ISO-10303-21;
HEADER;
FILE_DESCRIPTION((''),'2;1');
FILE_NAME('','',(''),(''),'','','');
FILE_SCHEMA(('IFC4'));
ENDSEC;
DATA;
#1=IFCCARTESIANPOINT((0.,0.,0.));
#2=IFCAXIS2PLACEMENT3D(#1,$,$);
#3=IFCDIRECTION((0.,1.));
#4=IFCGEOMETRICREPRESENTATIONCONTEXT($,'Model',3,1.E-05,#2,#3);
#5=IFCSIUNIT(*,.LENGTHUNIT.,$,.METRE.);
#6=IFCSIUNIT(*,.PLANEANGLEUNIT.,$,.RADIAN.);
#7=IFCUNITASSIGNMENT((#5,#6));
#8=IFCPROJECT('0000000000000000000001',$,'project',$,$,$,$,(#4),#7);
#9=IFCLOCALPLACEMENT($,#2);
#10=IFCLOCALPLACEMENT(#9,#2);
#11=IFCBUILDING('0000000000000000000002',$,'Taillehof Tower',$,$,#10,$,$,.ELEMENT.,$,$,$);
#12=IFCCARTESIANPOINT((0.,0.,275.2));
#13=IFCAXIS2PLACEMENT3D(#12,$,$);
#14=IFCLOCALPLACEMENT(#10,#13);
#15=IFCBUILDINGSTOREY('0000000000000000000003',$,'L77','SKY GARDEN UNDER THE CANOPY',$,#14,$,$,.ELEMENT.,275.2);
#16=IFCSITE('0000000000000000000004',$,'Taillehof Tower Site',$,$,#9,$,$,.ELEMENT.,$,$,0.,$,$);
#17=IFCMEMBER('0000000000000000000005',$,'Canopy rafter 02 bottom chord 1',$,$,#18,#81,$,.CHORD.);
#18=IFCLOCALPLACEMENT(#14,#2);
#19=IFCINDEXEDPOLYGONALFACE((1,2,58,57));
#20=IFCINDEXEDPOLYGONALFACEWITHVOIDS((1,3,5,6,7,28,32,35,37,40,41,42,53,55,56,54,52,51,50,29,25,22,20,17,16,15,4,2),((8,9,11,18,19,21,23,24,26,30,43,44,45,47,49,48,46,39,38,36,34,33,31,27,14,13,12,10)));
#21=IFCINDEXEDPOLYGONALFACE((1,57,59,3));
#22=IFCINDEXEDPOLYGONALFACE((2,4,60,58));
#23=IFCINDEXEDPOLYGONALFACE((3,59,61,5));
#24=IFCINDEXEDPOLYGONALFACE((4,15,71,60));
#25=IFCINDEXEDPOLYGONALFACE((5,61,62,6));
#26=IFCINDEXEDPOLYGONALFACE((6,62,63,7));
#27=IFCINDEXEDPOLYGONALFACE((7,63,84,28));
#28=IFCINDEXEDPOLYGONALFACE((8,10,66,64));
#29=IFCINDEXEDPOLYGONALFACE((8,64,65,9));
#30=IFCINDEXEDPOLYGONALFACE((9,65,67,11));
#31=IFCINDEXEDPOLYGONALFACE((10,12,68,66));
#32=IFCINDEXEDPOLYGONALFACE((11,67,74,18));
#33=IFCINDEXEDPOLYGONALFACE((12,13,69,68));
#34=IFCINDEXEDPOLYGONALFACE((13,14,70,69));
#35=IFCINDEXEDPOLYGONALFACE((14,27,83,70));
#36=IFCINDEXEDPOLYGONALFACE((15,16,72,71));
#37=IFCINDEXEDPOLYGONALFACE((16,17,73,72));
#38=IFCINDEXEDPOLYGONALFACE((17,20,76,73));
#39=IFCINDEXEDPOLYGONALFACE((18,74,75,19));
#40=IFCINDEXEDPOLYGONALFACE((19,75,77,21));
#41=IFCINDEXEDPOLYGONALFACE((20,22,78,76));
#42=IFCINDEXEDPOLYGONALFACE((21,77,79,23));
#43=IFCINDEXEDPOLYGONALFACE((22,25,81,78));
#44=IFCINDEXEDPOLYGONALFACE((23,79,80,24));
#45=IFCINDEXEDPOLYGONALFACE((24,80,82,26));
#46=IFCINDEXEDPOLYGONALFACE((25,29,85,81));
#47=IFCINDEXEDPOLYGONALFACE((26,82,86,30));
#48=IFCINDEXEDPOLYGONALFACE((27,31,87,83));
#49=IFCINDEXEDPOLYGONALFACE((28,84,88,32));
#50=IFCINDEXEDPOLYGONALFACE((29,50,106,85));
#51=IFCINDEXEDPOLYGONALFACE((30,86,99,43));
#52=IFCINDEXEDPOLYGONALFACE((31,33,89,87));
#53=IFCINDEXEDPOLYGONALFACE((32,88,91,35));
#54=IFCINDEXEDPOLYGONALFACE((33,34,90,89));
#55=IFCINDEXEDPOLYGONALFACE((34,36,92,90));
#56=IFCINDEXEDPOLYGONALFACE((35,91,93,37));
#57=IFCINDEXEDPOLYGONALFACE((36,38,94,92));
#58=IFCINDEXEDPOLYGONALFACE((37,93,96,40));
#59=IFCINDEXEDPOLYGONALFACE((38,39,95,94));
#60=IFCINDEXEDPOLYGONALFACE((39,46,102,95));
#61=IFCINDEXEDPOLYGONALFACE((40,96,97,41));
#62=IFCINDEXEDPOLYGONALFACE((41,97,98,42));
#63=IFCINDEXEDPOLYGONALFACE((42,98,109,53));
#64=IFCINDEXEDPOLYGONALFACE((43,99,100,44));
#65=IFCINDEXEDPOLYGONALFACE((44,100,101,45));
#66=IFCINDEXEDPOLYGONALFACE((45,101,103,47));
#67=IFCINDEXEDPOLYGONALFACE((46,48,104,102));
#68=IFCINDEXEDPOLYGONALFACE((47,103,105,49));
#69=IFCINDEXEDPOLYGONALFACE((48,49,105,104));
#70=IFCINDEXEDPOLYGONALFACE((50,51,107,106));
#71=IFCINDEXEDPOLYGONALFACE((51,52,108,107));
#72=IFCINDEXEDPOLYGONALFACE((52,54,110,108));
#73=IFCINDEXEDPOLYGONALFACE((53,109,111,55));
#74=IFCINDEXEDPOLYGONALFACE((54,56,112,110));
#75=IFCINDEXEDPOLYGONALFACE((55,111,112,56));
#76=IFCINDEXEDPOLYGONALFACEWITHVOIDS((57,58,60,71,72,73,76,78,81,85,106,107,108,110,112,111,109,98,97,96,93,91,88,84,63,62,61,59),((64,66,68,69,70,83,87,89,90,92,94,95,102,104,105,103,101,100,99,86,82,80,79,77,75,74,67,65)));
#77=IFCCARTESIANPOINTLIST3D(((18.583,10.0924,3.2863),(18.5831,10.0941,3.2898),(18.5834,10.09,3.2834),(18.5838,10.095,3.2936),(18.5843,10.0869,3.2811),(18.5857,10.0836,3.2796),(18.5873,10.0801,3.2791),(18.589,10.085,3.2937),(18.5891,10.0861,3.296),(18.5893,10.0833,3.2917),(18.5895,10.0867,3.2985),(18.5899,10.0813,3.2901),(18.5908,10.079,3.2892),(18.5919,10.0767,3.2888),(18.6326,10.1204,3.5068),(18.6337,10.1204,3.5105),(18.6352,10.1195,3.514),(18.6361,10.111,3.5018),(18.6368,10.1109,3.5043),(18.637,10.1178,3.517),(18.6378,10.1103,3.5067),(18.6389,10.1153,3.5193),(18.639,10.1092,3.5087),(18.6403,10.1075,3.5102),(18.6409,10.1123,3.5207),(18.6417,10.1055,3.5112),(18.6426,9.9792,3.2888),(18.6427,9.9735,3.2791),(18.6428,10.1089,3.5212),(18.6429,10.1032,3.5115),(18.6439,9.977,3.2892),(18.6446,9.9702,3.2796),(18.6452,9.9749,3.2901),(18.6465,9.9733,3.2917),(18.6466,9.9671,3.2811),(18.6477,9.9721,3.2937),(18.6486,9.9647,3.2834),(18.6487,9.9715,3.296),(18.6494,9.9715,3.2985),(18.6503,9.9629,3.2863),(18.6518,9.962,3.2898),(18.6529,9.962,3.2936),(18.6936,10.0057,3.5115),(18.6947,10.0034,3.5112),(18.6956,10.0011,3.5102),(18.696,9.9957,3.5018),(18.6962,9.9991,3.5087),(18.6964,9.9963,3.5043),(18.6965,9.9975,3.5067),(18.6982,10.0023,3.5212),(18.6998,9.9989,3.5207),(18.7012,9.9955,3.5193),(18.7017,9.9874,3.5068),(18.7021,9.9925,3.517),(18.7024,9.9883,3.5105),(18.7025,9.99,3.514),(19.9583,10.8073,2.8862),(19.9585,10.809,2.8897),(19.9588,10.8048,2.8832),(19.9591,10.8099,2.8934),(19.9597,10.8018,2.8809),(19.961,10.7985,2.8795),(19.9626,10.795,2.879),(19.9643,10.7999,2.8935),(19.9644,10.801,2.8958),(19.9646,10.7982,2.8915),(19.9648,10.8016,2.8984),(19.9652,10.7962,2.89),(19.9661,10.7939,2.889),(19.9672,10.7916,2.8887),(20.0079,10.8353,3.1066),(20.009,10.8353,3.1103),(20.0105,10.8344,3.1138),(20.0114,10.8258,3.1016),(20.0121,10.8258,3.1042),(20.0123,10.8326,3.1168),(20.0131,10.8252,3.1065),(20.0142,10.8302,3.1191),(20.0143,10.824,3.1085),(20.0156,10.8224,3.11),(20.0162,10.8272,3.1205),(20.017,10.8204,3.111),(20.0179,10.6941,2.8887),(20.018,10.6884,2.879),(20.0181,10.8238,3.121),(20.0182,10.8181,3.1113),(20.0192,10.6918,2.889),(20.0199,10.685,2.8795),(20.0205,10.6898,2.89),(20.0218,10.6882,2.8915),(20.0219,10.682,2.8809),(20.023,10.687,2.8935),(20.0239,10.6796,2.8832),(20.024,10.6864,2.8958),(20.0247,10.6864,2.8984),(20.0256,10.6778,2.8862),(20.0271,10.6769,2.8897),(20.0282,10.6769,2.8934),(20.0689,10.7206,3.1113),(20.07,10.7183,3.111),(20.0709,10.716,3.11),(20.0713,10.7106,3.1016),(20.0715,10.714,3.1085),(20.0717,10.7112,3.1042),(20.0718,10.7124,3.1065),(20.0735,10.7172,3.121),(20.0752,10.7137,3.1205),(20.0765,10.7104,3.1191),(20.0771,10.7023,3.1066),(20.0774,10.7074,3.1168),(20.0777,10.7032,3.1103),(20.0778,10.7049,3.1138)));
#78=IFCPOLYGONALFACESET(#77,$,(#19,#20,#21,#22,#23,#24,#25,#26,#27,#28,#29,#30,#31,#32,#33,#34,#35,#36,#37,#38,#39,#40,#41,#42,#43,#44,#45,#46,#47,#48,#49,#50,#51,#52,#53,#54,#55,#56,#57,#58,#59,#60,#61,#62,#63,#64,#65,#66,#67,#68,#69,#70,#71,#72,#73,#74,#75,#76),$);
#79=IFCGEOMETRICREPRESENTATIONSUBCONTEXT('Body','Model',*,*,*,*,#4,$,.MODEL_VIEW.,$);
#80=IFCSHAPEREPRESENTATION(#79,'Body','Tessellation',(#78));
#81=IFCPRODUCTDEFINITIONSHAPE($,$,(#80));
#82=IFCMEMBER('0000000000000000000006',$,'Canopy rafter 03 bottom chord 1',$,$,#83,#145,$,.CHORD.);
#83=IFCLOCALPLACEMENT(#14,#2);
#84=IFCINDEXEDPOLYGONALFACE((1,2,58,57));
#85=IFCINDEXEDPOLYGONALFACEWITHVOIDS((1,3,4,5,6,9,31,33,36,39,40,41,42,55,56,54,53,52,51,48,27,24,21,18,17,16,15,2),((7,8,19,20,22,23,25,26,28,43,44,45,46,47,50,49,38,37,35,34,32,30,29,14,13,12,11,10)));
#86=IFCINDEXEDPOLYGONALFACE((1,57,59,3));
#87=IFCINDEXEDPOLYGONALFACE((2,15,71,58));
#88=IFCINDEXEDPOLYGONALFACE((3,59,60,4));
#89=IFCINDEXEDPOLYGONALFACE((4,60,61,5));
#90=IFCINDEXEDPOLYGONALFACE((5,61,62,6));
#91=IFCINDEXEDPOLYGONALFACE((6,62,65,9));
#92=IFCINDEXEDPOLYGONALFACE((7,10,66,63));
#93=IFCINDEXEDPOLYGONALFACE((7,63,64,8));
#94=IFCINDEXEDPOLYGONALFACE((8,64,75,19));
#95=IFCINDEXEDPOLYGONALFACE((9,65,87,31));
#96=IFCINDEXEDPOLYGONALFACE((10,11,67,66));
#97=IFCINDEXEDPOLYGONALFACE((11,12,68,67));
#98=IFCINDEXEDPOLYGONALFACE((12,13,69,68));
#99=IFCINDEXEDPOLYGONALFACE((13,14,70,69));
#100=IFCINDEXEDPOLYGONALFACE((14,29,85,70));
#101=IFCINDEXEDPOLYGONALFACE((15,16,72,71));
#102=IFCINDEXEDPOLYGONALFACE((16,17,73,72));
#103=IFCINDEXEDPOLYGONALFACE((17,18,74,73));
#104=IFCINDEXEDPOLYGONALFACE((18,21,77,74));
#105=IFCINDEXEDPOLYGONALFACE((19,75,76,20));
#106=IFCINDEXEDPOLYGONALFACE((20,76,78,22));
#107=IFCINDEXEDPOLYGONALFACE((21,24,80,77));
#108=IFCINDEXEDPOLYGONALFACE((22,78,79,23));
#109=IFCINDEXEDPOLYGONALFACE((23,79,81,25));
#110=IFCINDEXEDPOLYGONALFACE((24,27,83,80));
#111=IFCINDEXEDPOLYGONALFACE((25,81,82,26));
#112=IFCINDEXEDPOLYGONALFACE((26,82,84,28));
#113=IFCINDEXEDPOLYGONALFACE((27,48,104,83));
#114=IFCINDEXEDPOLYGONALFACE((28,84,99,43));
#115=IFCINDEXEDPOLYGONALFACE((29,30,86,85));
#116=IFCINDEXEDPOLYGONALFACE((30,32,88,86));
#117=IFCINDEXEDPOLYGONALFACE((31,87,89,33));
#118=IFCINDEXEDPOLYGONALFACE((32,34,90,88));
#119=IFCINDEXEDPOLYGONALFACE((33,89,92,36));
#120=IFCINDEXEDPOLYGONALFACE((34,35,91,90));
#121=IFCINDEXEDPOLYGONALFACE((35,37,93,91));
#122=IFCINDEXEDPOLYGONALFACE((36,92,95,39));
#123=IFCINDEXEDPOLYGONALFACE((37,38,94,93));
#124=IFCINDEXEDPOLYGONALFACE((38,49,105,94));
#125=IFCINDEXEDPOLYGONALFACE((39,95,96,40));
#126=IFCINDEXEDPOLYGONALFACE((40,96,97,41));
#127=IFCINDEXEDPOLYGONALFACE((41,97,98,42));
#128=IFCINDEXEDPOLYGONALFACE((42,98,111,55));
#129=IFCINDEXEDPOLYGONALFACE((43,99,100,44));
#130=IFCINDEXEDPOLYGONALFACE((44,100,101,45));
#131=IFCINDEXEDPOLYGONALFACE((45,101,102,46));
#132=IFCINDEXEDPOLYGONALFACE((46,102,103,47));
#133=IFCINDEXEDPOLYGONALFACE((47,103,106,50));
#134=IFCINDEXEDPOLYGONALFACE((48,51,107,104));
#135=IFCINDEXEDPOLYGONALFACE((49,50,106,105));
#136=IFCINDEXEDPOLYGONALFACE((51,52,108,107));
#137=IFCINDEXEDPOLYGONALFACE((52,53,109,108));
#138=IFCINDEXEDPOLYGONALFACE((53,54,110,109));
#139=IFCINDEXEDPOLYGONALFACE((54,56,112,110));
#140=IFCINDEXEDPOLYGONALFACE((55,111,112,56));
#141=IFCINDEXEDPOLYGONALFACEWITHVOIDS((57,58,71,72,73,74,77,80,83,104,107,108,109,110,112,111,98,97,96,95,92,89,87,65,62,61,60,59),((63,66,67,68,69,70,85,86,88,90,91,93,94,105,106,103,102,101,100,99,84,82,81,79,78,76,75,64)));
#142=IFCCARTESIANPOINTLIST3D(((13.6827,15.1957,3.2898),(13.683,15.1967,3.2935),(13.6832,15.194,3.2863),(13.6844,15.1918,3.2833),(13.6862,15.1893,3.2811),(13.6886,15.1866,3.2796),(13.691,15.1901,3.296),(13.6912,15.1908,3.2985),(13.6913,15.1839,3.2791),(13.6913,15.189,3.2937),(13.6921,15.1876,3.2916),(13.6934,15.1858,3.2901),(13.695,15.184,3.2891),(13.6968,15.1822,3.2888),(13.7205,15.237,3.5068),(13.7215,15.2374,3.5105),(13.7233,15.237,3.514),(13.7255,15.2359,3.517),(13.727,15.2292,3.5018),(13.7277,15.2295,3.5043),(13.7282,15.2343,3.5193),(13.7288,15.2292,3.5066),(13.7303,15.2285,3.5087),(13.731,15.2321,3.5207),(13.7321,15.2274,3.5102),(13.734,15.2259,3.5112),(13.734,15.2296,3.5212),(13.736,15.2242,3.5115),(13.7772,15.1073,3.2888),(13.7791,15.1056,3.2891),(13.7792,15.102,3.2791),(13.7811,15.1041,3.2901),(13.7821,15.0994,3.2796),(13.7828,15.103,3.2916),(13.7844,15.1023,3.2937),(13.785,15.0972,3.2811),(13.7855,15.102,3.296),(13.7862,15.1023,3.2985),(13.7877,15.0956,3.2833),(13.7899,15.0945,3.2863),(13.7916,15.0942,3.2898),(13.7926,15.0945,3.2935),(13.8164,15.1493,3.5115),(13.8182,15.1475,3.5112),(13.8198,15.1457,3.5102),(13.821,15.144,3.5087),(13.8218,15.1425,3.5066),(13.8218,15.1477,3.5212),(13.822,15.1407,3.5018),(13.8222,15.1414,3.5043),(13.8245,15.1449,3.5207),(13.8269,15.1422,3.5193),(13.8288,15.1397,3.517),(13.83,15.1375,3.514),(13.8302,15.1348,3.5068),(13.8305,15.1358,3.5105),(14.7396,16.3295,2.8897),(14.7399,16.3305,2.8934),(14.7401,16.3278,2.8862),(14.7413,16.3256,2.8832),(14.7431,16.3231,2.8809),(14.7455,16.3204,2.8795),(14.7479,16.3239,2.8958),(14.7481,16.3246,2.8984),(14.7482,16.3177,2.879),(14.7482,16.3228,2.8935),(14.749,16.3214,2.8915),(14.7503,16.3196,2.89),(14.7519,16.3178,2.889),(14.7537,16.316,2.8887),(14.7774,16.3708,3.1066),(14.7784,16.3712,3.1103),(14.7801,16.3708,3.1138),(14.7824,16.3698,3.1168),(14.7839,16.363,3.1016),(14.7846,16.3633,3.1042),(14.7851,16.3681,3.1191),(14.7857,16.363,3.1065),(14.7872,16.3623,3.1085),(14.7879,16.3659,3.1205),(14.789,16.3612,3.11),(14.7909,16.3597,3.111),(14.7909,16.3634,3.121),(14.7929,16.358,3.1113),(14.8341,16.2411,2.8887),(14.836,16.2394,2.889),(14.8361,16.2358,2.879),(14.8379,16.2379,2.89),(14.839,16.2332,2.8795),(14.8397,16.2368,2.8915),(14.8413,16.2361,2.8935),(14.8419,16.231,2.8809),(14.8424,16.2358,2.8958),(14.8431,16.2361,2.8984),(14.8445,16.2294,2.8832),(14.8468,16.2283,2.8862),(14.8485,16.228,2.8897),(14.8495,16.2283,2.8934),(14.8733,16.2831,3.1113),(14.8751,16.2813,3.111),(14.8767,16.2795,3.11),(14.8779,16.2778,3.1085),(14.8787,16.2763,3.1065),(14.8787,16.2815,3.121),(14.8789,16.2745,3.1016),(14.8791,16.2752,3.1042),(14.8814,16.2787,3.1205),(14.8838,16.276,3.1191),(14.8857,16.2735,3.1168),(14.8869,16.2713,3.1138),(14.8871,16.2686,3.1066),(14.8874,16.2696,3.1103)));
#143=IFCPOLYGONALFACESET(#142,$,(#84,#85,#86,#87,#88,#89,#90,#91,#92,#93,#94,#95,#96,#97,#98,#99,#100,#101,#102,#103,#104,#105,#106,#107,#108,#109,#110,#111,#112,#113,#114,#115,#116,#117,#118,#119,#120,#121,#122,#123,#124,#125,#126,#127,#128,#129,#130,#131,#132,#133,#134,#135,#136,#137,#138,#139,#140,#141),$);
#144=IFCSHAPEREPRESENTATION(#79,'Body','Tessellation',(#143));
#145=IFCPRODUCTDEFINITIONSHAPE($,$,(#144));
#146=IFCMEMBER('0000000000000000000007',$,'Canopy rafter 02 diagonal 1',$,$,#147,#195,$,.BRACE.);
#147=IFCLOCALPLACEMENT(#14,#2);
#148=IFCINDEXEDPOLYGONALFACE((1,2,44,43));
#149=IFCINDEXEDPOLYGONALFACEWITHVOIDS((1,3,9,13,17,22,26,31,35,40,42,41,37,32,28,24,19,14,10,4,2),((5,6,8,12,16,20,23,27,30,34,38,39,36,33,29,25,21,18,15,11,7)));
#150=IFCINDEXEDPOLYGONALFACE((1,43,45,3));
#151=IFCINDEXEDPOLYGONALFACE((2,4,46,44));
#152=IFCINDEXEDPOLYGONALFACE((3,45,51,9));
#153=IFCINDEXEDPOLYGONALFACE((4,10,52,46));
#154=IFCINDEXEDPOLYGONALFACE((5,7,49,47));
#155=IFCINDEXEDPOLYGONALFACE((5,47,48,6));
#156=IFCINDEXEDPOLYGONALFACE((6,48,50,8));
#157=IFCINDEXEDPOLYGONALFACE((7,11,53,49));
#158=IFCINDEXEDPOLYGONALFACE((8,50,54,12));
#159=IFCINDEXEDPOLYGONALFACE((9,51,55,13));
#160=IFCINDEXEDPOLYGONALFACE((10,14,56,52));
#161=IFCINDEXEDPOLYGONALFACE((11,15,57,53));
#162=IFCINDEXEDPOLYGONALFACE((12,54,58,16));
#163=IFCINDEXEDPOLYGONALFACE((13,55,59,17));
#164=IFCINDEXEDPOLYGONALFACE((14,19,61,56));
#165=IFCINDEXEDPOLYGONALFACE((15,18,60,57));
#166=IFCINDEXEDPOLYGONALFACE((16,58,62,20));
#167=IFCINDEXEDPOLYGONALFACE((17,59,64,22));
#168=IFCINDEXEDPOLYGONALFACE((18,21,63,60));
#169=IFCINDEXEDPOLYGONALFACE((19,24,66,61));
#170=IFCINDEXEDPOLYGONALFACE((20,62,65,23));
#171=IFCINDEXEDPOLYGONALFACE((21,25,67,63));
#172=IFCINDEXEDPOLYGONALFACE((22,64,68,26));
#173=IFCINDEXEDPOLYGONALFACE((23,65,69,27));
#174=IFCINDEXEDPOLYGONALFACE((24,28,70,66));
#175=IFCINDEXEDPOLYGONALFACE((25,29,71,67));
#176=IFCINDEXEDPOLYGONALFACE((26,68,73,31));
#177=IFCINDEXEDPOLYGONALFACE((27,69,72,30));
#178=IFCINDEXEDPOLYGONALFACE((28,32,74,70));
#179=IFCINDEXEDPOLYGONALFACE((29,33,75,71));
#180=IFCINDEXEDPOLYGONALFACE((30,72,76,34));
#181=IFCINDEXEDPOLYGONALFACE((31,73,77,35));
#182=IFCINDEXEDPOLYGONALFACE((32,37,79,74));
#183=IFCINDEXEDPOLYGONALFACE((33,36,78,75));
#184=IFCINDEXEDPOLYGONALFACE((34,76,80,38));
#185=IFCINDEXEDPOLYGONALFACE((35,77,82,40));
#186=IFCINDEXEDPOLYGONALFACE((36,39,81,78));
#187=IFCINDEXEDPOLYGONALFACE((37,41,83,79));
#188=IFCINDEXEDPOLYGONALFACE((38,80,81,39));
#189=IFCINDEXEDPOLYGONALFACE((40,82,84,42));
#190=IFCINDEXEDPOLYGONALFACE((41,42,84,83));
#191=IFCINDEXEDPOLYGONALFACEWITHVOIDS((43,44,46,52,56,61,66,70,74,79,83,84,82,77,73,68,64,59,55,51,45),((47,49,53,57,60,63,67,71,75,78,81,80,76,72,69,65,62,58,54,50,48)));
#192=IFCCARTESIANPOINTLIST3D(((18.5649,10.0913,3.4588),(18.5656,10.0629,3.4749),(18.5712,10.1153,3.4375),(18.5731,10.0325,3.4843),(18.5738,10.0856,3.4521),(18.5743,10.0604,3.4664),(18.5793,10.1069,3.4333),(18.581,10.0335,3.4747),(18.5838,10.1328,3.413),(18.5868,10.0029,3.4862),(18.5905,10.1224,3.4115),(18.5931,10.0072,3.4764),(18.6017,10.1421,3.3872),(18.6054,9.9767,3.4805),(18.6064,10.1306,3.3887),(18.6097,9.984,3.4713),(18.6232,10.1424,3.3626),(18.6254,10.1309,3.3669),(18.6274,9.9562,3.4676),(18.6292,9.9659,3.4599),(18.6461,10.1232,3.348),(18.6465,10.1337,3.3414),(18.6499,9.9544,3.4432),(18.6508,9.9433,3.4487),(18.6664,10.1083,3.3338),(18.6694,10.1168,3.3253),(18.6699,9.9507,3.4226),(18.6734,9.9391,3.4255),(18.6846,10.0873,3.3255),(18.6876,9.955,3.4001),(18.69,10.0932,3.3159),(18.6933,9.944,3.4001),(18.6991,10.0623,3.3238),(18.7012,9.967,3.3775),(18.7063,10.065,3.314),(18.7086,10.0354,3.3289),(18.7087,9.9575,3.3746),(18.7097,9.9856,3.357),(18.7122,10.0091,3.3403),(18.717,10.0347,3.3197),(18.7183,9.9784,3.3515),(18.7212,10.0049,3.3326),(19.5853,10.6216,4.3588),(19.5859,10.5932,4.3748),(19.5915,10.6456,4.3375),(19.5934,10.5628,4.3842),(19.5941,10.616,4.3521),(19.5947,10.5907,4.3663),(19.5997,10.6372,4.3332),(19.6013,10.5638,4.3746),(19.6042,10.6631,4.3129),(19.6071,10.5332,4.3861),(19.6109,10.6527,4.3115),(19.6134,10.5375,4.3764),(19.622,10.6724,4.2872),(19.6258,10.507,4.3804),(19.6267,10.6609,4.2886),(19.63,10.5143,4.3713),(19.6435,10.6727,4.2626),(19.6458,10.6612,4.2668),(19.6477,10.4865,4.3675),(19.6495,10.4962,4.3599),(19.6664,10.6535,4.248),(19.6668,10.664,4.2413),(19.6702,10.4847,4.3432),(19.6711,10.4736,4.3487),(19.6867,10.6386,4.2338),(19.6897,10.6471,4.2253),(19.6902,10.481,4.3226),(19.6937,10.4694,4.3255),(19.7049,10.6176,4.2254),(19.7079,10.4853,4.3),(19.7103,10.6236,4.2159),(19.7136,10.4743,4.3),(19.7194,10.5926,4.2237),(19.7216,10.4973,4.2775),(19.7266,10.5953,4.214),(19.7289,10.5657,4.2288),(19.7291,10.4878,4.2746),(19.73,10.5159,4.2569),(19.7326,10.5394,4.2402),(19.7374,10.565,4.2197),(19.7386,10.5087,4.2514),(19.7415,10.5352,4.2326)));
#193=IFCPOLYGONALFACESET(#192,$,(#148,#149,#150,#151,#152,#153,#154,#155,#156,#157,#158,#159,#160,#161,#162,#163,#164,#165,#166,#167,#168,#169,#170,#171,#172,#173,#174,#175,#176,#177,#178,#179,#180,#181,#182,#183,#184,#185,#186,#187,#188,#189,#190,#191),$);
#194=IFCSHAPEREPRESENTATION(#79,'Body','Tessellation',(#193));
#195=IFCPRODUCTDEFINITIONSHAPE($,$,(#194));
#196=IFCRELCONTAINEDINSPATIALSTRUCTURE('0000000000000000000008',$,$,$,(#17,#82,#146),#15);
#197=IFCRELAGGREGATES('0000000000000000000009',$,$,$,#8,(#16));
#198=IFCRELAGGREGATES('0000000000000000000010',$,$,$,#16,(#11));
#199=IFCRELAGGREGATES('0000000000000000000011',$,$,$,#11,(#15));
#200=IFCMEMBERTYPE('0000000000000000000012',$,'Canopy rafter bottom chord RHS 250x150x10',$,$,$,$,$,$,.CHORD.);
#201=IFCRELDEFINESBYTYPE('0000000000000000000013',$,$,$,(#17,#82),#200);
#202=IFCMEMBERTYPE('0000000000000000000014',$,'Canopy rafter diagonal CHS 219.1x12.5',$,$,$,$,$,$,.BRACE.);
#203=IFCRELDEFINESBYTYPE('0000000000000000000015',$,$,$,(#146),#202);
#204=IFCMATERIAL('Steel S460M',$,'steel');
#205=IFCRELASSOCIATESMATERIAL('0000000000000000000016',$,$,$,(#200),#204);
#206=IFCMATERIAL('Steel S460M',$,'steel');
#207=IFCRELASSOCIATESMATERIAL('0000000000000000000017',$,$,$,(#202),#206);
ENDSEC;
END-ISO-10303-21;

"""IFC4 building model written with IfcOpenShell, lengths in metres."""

from ifc_helpers import new_model, si_unit, direction, frame, origin, origin_2d, place, context, subcontext, project, spatial, hollow_rectangle, hollow_circle, extrude, material, material_profile, profile_set, type_object, element, save


model = new_model("IFC4")

# Units and contexts
model_context = context("Model", 3, precision=1e-05, world=origin(), true_north=direction((0.0, 1.0)))
body_context = subcontext(model_context, "Body", "Model", "MODEL_VIEW")
ifc_project = project(units=[si_unit("LENGTHUNIT", "METRE"), si_unit("PLANEANGLEUNIT", "RADIAN")], contexts=[model_context])

# Site, building, storey
site_placement = place(None, origin())
site = spatial("IfcSite", under=ifc_project, at=site_placement, Name="Taillehof Tower Site", CompositionType="ELEMENT", RefElevation=0.0)
building_placement = place(site_placement, origin())
building = spatial("IfcBuilding", under=site, at=building_placement, Name="Taillehof Tower", CompositionType="ELEMENT")
storey_placement = place(building_placement, frame((0.0, 0.0, 275.2)))
storey = spatial("IfcBuildingStorey", under=building, at=storey_placement, Name="L77", Description="SKY GARDEN UNDER THE CANOPY", CompositionType="ELEMENT", Elevation=275.2)

# Members
ifc_material_1 = material(Name="Steel S460M", Category="steel")
ifc_material_profile_1 = material_profile(ifc_material_1, hollow_rectangle(XDim=0.1499, YDim=0.25, WallThickness=0.01, InnerFilletRadius=0.01, OuterFilletRadius=0.0149, at=origin_2d()), Name="RHS 250x150x10")
ifc_profile_set_1 = profile_set([ifc_material_profile_1], Name="Steel S460M")
member_type_1 = type_object("IfcMemberType", Name="Canopy rafter bottom chord RHS 250x150x10", PredefinedType="CHORD", material=ifc_profile_set_1)
for number, where, z_axis, x_axis, name in (
    (1, (20.0181, 10.7561, 3.0), (-0.859122, -0.446567, 0.249974), (0.461209, -0.887292, 0.0), "Canopy rafter 02 bottom chord 1"),
    (2, (14.8135, 16.2996, 3.0), (-0.660218, -0.708259, 0.249965), (0.731479, -0.681864, 0.0), "Canopy rafter 03 bottom chord 1"),
):
    element("IfcMember", number, at=place(storey_placement, frame(where, z_axis=z_axis, x_axis=x_axis)), inside=storey, type_object=member_type_1, Name=name, PredefinedType="CHORD", context=body_context, shape_type="SweptSolid", body=[
        extrude(hollow_rectangle(XDim=0.1499, YDim=0.25, WallThickness=0.01, InnerFilletRadius=0.01, OuterFilletRadius=0.0149, at=origin_2d()), origin(), (0.0, 0.0, 1.0), 1.6008),
    ])
ifc_material_2 = material(Name="Steel S460M", Category="steel")
ifc_material_profile_2 = material_profile(ifc_material_2, hollow_circle(Radius=0.1096, WallThickness=0.0125, at=origin_2d()), Name="CHS 219.1x12.5")
ifc_profile_set_2 = profile_set([ifc_material_profile_2], Name="Steel S460M")
member_type_2 = type_object("IfcMemberType", Name="Canopy rafter diagonal CHS 219.1x12.5", PredefinedType="BRACE", material=ifc_profile_set_2)
member_1_placement = place(storey_placement, frame((19.6631, 10.5715, 4.3), z_axis=(-0.698753, -0.363171, -0.616321), x_axis=(0.461172, -0.887311, 0.0)))
element("IfcMember", 3, at=member_1_placement, inside=storey, type_object=member_type_2, Name="Canopy rafter 02 diagonal 1", PredefinedType="BRACE", context=body_context, shape_type="SweptSolid", body=[
    extrude(hollow_circle(Radius=0.1096, WallThickness=0.0125, at=origin_2d()), origin(), (0.0, 0.0, 1.0), 1.4602),
])

save(model, "model.ifc")
